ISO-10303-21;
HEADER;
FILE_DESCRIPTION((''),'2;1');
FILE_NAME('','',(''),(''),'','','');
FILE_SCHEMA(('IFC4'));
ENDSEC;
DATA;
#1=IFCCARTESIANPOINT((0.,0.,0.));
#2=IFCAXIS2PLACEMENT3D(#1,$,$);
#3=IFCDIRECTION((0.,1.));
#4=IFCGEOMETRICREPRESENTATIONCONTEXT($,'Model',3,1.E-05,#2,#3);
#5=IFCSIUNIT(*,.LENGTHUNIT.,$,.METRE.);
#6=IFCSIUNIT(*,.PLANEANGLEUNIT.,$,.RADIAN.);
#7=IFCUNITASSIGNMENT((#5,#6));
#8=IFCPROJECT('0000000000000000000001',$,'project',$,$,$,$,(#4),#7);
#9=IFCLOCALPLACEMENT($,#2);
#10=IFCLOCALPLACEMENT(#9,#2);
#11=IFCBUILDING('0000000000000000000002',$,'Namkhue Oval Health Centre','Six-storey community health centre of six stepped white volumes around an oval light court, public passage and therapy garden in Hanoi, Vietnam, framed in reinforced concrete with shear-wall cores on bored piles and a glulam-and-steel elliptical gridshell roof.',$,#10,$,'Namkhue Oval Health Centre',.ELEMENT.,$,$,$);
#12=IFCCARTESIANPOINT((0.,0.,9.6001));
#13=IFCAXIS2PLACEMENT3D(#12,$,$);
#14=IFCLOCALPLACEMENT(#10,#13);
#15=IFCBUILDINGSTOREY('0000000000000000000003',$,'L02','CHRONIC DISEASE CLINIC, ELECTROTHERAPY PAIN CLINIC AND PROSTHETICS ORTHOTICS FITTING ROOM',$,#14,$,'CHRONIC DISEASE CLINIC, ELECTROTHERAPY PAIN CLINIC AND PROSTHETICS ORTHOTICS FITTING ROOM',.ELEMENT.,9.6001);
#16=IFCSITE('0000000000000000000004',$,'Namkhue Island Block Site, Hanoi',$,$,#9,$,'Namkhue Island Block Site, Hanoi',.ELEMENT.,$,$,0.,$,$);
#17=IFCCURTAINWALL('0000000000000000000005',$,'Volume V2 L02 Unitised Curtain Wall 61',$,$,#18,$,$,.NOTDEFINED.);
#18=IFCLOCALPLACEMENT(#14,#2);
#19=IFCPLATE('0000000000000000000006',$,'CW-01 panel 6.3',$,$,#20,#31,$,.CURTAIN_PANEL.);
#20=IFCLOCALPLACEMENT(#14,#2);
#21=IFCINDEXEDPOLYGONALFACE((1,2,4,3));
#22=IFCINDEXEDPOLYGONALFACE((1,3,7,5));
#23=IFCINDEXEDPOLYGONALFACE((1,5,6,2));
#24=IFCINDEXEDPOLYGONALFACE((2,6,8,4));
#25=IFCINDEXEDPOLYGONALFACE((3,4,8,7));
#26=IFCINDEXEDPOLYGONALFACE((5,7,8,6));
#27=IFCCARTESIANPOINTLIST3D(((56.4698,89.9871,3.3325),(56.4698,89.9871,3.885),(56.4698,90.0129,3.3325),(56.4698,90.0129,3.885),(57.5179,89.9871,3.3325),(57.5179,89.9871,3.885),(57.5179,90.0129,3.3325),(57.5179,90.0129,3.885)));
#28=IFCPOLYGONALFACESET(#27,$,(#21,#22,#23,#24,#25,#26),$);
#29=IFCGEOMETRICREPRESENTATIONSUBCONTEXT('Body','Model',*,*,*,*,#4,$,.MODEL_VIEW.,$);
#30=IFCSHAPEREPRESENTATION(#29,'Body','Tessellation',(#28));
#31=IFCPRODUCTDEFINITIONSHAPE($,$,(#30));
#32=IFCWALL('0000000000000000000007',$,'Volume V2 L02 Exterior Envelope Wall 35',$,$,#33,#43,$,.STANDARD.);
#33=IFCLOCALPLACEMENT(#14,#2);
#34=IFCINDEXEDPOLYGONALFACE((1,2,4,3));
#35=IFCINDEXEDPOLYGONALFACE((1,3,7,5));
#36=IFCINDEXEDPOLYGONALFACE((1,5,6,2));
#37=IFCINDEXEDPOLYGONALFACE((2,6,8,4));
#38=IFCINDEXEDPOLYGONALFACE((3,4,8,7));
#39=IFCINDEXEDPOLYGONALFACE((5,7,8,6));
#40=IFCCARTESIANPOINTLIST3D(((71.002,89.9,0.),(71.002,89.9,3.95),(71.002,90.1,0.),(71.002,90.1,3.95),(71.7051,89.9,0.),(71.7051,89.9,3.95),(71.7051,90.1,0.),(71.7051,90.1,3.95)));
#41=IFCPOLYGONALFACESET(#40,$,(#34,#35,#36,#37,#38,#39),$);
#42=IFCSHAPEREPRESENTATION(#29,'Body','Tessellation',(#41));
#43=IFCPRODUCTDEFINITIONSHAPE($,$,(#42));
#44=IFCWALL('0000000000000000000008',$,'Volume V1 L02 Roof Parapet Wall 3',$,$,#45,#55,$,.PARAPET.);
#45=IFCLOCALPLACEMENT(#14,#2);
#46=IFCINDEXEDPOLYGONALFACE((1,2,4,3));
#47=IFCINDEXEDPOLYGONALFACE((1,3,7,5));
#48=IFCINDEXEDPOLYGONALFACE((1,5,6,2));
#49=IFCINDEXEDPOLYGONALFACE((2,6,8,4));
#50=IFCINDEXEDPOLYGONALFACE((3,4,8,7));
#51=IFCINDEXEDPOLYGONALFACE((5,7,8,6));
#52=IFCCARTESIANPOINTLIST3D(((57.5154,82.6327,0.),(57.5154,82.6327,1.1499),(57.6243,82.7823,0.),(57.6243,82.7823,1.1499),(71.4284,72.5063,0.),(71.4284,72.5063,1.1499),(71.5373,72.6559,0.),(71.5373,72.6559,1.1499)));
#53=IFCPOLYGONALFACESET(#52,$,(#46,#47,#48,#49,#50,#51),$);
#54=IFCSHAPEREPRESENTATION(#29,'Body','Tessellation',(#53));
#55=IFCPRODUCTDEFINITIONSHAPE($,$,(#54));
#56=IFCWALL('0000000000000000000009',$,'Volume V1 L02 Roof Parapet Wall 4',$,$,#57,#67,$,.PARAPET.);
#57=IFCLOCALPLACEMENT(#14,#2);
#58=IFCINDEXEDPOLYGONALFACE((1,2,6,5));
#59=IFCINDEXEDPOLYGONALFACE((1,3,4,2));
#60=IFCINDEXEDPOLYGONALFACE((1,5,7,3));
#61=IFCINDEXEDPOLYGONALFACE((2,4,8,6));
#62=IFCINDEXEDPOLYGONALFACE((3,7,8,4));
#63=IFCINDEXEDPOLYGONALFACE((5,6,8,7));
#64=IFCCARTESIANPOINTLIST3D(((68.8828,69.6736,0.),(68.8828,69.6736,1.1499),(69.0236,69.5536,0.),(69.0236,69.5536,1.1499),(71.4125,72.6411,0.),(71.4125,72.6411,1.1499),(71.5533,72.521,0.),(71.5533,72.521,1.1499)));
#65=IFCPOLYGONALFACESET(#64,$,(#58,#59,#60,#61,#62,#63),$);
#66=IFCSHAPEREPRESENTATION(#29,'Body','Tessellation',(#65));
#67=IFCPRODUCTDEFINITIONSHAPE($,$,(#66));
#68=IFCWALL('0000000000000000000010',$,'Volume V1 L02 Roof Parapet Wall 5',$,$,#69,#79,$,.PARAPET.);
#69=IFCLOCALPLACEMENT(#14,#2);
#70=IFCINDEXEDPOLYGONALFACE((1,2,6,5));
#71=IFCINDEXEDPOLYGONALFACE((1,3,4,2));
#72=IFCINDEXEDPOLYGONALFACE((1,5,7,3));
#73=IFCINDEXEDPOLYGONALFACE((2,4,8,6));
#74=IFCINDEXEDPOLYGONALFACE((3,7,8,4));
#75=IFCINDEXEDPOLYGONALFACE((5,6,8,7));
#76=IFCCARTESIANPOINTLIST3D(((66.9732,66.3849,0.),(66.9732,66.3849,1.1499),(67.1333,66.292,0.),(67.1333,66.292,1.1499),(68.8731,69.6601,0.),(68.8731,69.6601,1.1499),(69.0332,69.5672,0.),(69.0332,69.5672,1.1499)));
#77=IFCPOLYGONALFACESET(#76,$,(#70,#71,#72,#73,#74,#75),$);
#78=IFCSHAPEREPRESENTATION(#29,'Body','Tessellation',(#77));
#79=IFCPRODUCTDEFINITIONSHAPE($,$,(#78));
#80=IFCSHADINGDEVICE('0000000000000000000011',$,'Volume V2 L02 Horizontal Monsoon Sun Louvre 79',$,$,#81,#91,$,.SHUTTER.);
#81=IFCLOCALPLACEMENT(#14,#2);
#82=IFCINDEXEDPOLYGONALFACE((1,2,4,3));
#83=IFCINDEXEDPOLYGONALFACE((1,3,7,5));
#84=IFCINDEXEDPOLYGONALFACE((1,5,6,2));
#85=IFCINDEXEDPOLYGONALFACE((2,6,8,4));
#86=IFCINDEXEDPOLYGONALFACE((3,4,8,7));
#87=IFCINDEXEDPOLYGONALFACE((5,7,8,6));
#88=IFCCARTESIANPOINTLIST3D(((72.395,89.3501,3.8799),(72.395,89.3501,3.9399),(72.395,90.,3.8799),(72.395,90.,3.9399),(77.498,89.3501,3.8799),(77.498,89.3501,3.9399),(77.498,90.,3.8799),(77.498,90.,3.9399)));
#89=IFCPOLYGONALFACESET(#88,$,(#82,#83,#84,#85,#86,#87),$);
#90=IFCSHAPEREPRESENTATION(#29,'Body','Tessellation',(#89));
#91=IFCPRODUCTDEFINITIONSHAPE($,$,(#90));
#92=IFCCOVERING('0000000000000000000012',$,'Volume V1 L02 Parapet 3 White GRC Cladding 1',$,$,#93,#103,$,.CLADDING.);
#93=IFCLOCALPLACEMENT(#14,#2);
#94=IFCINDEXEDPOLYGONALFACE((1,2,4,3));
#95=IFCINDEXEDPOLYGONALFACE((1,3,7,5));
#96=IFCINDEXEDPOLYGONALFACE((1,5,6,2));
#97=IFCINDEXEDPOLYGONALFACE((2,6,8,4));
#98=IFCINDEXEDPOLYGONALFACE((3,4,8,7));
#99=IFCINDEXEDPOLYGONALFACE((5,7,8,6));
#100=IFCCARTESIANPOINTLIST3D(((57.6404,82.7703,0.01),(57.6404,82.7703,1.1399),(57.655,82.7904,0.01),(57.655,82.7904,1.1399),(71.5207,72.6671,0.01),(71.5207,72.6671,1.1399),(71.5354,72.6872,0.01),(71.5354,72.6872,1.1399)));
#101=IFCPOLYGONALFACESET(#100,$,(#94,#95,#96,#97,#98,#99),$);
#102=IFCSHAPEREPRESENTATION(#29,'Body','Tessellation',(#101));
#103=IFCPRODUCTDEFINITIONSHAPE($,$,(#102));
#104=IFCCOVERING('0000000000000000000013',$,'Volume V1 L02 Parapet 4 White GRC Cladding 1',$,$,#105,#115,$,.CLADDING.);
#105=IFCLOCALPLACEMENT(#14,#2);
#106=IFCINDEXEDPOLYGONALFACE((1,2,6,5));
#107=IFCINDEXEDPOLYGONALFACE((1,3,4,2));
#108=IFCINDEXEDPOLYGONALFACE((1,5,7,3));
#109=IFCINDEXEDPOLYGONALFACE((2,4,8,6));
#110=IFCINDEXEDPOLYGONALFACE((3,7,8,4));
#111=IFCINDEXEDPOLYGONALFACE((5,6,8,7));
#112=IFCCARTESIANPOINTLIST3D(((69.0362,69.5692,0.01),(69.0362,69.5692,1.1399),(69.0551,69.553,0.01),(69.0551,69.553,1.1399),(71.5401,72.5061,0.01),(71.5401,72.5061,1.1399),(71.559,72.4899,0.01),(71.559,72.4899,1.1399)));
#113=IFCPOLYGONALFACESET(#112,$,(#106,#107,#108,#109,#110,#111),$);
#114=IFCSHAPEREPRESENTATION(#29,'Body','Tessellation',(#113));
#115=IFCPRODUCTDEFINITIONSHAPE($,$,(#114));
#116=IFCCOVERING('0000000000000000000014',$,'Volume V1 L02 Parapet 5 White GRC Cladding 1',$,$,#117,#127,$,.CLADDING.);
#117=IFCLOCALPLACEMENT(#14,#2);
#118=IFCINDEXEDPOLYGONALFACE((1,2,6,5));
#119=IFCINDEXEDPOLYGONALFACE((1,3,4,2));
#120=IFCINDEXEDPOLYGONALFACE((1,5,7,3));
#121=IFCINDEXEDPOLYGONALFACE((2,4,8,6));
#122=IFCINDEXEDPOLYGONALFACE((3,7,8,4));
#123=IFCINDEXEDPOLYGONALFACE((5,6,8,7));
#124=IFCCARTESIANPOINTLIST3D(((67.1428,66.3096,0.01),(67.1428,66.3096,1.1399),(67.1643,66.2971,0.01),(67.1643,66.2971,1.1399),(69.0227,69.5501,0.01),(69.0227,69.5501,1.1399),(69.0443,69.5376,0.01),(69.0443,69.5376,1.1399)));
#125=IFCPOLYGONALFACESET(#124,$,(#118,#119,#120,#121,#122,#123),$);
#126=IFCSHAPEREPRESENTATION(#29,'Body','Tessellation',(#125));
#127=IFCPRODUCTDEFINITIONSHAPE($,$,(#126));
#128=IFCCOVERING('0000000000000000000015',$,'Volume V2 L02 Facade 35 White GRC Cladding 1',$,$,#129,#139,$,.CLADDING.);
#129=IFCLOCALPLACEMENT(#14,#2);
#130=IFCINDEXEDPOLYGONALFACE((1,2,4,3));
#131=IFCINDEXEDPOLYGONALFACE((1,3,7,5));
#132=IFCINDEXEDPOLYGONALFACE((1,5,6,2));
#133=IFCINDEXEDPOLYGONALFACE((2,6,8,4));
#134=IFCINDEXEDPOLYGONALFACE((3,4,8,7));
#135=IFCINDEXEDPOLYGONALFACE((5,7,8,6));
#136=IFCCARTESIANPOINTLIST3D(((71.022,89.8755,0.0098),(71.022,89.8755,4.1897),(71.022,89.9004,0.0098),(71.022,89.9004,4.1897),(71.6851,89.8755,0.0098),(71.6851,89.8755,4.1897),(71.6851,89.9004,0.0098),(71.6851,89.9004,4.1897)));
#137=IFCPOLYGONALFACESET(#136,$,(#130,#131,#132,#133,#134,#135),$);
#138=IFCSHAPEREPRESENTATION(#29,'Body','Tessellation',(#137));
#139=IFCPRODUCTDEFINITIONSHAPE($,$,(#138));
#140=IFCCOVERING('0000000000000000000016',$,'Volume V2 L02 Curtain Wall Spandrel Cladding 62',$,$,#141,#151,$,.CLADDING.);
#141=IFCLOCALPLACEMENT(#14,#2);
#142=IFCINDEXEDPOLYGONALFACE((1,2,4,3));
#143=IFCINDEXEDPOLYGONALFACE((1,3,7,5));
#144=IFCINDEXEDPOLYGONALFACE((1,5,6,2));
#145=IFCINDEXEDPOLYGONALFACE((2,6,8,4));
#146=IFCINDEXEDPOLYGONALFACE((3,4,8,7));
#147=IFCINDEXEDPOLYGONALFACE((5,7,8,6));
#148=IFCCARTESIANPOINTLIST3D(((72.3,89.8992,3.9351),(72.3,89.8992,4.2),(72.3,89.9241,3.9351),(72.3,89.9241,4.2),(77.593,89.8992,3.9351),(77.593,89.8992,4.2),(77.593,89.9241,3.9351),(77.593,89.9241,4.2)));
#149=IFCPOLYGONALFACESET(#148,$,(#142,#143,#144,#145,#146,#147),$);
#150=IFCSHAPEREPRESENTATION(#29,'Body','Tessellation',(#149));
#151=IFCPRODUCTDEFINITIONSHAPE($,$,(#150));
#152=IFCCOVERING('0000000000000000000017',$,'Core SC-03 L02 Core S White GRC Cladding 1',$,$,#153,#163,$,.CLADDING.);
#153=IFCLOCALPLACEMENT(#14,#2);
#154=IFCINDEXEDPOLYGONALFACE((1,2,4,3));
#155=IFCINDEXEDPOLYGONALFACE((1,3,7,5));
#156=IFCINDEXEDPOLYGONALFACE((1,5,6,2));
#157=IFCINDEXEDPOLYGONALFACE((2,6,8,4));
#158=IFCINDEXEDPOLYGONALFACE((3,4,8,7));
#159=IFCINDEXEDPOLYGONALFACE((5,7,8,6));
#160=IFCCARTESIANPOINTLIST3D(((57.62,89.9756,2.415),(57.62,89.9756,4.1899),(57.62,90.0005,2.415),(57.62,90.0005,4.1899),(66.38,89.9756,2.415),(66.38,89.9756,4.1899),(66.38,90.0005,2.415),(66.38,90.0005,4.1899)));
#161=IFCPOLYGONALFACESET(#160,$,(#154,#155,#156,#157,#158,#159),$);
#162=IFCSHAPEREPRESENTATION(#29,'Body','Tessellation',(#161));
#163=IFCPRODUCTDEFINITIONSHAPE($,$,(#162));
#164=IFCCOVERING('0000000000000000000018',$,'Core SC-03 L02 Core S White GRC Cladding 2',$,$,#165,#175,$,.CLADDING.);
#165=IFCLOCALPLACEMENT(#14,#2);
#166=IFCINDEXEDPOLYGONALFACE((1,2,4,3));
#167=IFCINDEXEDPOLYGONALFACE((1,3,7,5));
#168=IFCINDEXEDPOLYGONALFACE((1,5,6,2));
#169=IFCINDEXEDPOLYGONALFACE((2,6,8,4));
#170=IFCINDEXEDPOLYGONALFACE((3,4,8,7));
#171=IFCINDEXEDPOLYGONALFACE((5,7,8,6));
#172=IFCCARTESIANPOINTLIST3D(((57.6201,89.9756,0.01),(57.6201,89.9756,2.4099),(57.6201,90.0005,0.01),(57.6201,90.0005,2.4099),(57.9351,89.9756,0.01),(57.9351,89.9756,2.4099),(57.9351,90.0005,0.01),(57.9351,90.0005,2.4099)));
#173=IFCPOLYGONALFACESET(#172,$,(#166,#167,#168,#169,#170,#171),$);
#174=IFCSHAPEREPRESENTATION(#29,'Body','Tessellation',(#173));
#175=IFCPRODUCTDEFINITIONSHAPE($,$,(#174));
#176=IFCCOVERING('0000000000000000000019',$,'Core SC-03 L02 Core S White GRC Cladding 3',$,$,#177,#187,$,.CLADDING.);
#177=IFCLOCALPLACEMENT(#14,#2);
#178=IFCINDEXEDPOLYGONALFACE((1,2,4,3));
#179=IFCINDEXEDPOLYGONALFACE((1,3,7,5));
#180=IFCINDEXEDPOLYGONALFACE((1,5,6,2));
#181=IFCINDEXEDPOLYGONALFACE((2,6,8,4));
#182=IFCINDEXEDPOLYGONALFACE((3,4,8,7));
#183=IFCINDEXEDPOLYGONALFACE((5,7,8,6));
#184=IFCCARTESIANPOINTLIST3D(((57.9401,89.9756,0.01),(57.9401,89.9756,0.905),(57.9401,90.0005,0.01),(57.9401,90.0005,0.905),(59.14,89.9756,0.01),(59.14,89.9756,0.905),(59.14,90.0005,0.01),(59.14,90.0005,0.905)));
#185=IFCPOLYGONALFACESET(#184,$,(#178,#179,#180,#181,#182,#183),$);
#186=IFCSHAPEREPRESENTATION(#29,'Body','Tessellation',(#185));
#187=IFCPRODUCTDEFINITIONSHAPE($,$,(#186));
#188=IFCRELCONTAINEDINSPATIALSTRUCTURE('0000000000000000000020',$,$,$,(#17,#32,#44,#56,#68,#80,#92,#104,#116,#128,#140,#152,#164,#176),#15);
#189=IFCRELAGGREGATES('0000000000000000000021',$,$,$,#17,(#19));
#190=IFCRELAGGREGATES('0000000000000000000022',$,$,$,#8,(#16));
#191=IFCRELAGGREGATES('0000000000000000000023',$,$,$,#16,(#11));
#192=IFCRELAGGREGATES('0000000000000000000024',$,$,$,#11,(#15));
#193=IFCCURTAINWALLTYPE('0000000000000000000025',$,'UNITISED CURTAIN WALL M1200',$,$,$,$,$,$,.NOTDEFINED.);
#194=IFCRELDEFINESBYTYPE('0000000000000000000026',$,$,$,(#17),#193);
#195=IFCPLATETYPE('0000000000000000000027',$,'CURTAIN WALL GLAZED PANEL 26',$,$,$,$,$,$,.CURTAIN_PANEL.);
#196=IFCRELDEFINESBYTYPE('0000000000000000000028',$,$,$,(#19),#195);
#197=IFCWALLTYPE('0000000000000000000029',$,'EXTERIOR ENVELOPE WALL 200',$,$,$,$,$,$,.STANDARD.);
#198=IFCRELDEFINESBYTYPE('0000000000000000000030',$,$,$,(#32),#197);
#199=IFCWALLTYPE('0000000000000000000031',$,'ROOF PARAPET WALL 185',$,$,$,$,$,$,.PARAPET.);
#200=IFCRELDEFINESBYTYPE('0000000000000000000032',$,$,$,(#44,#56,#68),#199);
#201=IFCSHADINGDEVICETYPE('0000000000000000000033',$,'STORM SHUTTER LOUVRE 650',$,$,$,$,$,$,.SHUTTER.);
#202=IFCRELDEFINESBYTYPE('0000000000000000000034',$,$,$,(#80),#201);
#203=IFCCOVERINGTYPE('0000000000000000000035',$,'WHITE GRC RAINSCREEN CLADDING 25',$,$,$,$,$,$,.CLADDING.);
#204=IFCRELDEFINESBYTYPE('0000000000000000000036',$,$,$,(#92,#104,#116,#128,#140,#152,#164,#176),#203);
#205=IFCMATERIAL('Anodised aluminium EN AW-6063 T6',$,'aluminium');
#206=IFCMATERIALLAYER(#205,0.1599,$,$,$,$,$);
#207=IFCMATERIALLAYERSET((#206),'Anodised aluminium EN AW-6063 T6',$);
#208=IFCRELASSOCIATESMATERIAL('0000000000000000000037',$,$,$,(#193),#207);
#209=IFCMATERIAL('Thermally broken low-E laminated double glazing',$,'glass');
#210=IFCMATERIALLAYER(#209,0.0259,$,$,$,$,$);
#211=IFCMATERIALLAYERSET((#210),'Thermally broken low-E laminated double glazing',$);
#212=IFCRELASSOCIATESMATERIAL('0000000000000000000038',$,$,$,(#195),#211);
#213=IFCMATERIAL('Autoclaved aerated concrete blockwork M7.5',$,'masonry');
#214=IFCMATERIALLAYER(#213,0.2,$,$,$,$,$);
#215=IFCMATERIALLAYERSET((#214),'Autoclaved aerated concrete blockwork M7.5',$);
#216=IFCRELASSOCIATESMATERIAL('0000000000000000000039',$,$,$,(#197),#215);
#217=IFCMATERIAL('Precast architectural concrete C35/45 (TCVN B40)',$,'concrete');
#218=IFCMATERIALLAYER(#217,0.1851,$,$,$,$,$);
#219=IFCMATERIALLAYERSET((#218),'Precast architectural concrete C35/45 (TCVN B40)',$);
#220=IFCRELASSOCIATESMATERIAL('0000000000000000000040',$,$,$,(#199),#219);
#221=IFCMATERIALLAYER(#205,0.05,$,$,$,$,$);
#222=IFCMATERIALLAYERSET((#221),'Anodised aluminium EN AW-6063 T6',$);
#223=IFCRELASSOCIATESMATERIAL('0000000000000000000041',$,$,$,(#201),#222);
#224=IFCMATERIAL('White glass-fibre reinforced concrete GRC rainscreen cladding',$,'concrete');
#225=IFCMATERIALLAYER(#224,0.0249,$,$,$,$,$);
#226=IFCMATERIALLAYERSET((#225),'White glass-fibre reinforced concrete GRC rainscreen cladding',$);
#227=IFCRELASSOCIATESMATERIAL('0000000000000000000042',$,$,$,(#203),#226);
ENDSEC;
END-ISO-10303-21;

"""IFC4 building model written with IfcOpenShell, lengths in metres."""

from ifc_helpers import new_model, si_unit, direction, frame, frame_2d, origin, origin_2d, place, context, subcontext, project, spatial, rectangle, extrude, material, layer, layer_set, type_object, element, aggregate, save


model = new_model("IFC4")

# Units and contexts
model_context = context("Model", 3, precision=1e-05, world=origin(), true_north=direction((0.0, 1.0)))
body_context = subcontext(model_context, "Body", "Model", "MODEL_VIEW")
ifc_project = project(units=[si_unit("LENGTHUNIT", "METRE"), si_unit("PLANEANGLEUNIT", "RADIAN")], contexts=[model_context])

# Site, building, storey
site_placement = place(None, origin())
site = spatial("IfcSite", under=ifc_project, at=site_placement, Name="Namkhue Island Block Site, Hanoi", LongName="Namkhue Island Block Site, Hanoi", CompositionType="ELEMENT", RefElevation=0.0)
building_placement = place(site_placement, origin())
building = spatial("IfcBuilding", under=site, at=building_placement, Name="Namkhue Oval Health Centre", Description="Six-storey community health centre of six stepped white volumes around an oval light court, public passage and therapy garden in Hanoi, Vietnam, framed in reinforced concrete with shear-wall cores on bored piles and a glulam-and-steel elliptical gridshell roof.", LongName="Namkhue Oval Health Centre", CompositionType="ELEMENT")
storey_placement = place(building_placement, frame((0.0, 0.0, 9.6001)))
storey = spatial("IfcBuildingStorey", under=building, at=storey_placement, Name="L02", Description="CHRONIC DISEASE CLINIC, ELECTROTHERAPY PAIN CLINIC AND PROSTHETICS ORTHOTICS FITTING ROOM", LongName="CHRONIC DISEASE CLINIC, ELECTROTHERAPY PAIN CLINIC AND PROSTHETICS ORTHOTICS FITTING ROOM", CompositionType="ELEMENT", Elevation=9.6001)

# Curtain wall
ifc_material_1 = material(Name="Anodised aluminium EN AW-6063 T6", Category="aluminium")
ifc_layer_1 = layer(ifc_material_1, 0.1599)
ifc_layer_set_1 = layer_set([ifc_layer_1], Name="Anodised aluminium EN AW-6063 T6")
curtain_wall_type_1 = type_object("IfcCurtainWallType", Name="UNITISED CURTAIN WALL M1200", PredefinedType="NOTDEFINED", material=ifc_layer_set_1)
curtain_wall_1_placement = place(storey_placement, origin())
curtain_wall_1 = element("IfcCurtainWall", 1, at=curtain_wall_1_placement, inside=storey, type_object=curtain_wall_type_1, Name="Volume V2 L02 Unitised Curtain Wall 61", PredefinedType="NOTDEFINED")

# Plate
ifc_material_2 = material(Name="Thermally broken low-E laminated double glazing", Category="glass")
ifc_layer_2 = layer(ifc_material_2, 0.0259)
ifc_layer_set_2 = layer_set([ifc_layer_2], Name="Thermally broken low-E laminated double glazing")
plate_type = type_object("IfcPlateType", Name="CURTAIN WALL GLAZED PANEL 26", PredefinedType="CURTAIN_PANEL", material=ifc_layer_set_2)
plate_placement = place(storey_placement, frame((56.9939, 90.0, 3.3325), z_axis=(0.0, 0.0, 1.0), x_axis=(1.0, 0.0, 0.0)))
plate = element("IfcPlate", 2, at=plate_placement, type_object=plate_type, Name="CW-01 panel 6.3", PredefinedType="CURTAIN_PANEL", context=body_context, shape_type="SweptSolid", body=[
    extrude(rectangle(XDim=1.0481, YDim=0.0259, at=origin_2d()), origin(), (0.0, 0.0, 1.0), 0.5525),
])
aggregate(curtain_wall_1, [plate])

# Walls
ifc_material_3 = material(Name="Autoclaved aerated concrete blockwork M7.5", Category="masonry")
ifc_layer_3 = layer(ifc_material_3, 0.2)
ifc_layer_set_3 = layer_set([ifc_layer_3], Name="Autoclaved aerated concrete blockwork M7.5")
wall_type_1 = type_object("IfcWallType", Name="EXTERIOR ENVELOPE WALL 200", PredefinedType="STANDARD", material=ifc_layer_set_3)
wall_1_placement = place(storey_placement, frame((71.002, 90.0, 0.0), z_axis=(0.0, 0.0, 1.0), x_axis=(1.0, 0.0, 0.0)))
element("IfcWall", 3, at=wall_1_placement, inside=storey, type_object=wall_type_1, Name="Volume V2 L02 Exterior Envelope Wall 35", PredefinedType="STANDARD", context=body_context, shape_type="SweptSolid", body=[
    extrude(rectangle(XDim=0.7031, YDim=0.2, at=frame_2d((0.3516, 0.0))), origin(), (0.0, 0.0, 1.0), 3.95),
])
ifc_material_4 = material(Name="Precast architectural concrete C35/45 (TCVN B40)", Category="concrete")
ifc_layer_4 = layer(ifc_material_4, 0.1851)
ifc_layer_set_4 = layer_set([ifc_layer_4], Name="Precast architectural concrete C35/45 (TCVN B40)")
wall_type_2 = type_object("IfcWallType", Name="ROOF PARAPET WALL 185", PredefinedType="PARAPET", material=ifc_layer_set_4)
wall_2_placement = place(storey_placement, frame((57.5698, 82.7075, 0.0), z_axis=(0.0, 0.0, 1.0), x_axis=(0.808519, -0.58847, 0.0)))
element("IfcWall", 4, at=wall_2_placement, inside=storey, type_object=wall_type_2, Name="Volume V1 L02 Roof Parapet Wall 3", PredefinedType="PARAPET", context=body_context, shape_type="SweptSolid", body=[
    extrude(rectangle(XDim=17.208, YDim=0.1851, at=frame_2d((8.604, 0.0))), origin(), (0.0, 0.0, 1.0), 1.1499),
])
wall_3_placement = place(storey_placement, frame((71.4829, 72.5811, 0.0), z_axis=(0.0, 0.0, 1.0), x_axis=(-0.648747, -0.761004, 0.0)))
element("IfcWall", 5, at=wall_3_placement, inside=storey, type_object=wall_type_2, Name="Volume V1 L02 Roof Parapet Wall 4", PredefinedType="PARAPET", context=body_context, shape_type="SweptSolid", body=[
    extrude(rectangle(XDim=3.8994, YDim=0.1851, at=frame_2d((1.9497, 0.0))), origin(), (0.0, 0.0, 1.0), 1.1499),
])
wall_4_placement = place(storey_placement, frame((68.9531, 69.6135, 0.0), z_axis=(0.0, 0.0, 1.0), x_axis=(-0.501781, -0.864995, 0.0)))
element("IfcWall", 6, at=wall_4_placement, inside=storey, type_object=wall_type_2, Name="Volume V1 L02 Roof Parapet Wall 5", PredefinedType="PARAPET", context=body_context, shape_type="SweptSolid", body=[
    extrude(rectangle(XDim=3.7864, YDim=0.1851, at=frame_2d((1.8931, 0.0))), origin(), (0.0, 0.0, 1.0), 1.1499),
])

# Shading device
ifc_layer_5 = layer(ifc_material_1, 0.05)
ifc_layer_set_5 = layer_set([ifc_layer_5], Name="Anodised aluminium EN AW-6063 T6")
shading_device_type = type_object("IfcShadingDeviceType", Name="STORM SHUTTER LOUVRE 650", PredefinedType="SHUTTER", material=ifc_layer_set_5)
shading_device_placement = place(storey_placement, frame((74.9465, 89.675, 3.8799), z_axis=(0.0, 0.0, 1.0), x_axis=(1.0, 0.0, 0.0)))
element("IfcShadingDevice", 7, at=shading_device_placement, inside=storey, type_object=shading_device_type, Name="Volume V2 L02 Horizontal Monsoon Sun Louvre 79", PredefinedType="SHUTTER", context=body_context, shape_type="SweptSolid", body=[
    extrude(rectangle(XDim=5.103, YDim=0.6499, at=origin_2d()), origin(), (0.0, 0.0, 1.0), 0.0601),
])

# Coverings
ifc_material_5 = material(Name="White glass-fibre reinforced concrete GRC rainscreen cladding", Category="concrete")
ifc_layer_6 = layer(ifc_material_5, 0.0249)
ifc_layer_set_6 = layer_set([ifc_layer_6], Name="White glass-fibre reinforced concrete GRC rainscreen cladding")
covering_type = type_object("IfcCoveringType", Name="WHITE GRC RAINSCREEN CLADDING 25", PredefinedType="CLADDING", material=ifc_layer_set_6)
covering_1_placement = place(storey_placement, frame((64.5879, 77.7288, 0.01), z_axis=(0.0, 0.0, 1.0), x_axis=(0.808504, -0.588491, 0.0)))
element("IfcCovering", 8, at=covering_1_placement, inside=storey, type_object=covering_type, Name="Volume V1 L02 Parapet 3 White GRC Cladding 1", PredefinedType="CLADDING", context=body_context, shape_type="SweptSolid", body=[
    extrude(rectangle(XDim=17.168, YDim=0.0249, at=origin_2d()), origin(), (0.0, 0.0, 1.0), 1.1299),
])
covering_2_placement = place(storey_placement, frame((70.2976, 71.0295, 0.01), z_axis=(0.0, 0.0, 1.0), x_axis=(-0.648784, -0.760972, 0.0)))
element("IfcCovering", 9, at=covering_2_placement, inside=storey, type_object=covering_type, Name="Volume V1 L02 Parapet 4 White GRC Cladding 1", PredefinedType="CLADDING", context=body_context, shape_type="SweptSolid", body=[
    extrude(rectangle(XDim=3.8594, YDim=0.0249, at=origin_2d()), origin(), (0.0, 0.0, 1.0), 1.1299),
])
covering_3_placement = place(storey_placement, frame((68.0935, 67.9236, 0.01), z_axis=(0.0, 0.0, 1.0), x_axis=(-0.501813, -0.864976, 0.0)))
element("IfcCovering", 10, at=covering_3_placement, inside=storey, type_object=covering_type, Name="Volume V1 L02 Parapet 5 White GRC Cladding 1", PredefinedType="CLADDING", context=body_context, shape_type="SweptSolid", body=[
    extrude(rectangle(XDim=3.7463, YDim=0.0249, at=origin_2d()), origin(), (0.0, 0.0, 1.0), 1.1299),
])
covering_4_placement = place(storey_placement, frame((71.3535, 89.8879, 0.0098), z_axis=(0.0, 0.0, 1.0), x_axis=(1.0, 0.0, 0.0)))
element("IfcCovering", 11, at=covering_4_placement, inside=storey, type_object=covering_type, Name="Volume V2 L02 Facade 35 White GRC Cladding 1", PredefinedType="CLADDING", context=body_context, shape_type="SweptSolid", body=[
    extrude(rectangle(XDim=0.6631, YDim=0.0249, at=origin_2d()), origin(), (0.0, 0.0, 1.0), 4.1799),
])
covering_5_placement = place(storey_placement, frame((74.9465, 89.9116, 3.9351), z_axis=(0.0, 0.0, 1.0), x_axis=(1.0, 0.0, 0.0)))
element("IfcCovering", 12, at=covering_5_placement, inside=storey, type_object=covering_type, Name="Volume V2 L02 Curtain Wall Spandrel Cladding 62", PredefinedType="CLADDING", context=body_context, shape_type="SweptSolid", body=[
    extrude(rectangle(XDim=5.293, YDim=0.0249, at=origin_2d()), origin(), (0.0, 0.0, 1.0), 0.2649),
])
covering_6_placement = place(storey_placement, frame((62.0, 89.988, 2.415), z_axis=(0.0, 0.0, 1.0), x_axis=(1.0, 0.0, 0.0)))
element("IfcCovering", 13, at=covering_6_placement, inside=storey, type_object=covering_type, Name="Core SC-03 L02 Core S White GRC Cladding 1", PredefinedType="CLADDING", context=body_context, shape_type="SweptSolid", body=[
    extrude(rectangle(XDim=8.76, YDim=0.0249, at=origin_2d()), origin(), (0.0, 0.0, 1.0), 1.7749),
])
covering_7_placement = place(storey_placement, frame((57.7776, 89.988, 0.01), z_axis=(0.0, 0.0, 1.0), x_axis=(1.0, 0.0, 0.0)))
element("IfcCovering", 14, at=covering_7_placement, inside=storey, type_object=covering_type, Name="Core SC-03 L02 Core S White GRC Cladding 2", PredefinedType="CLADDING", context=body_context, shape_type="SweptSolid", body=[
    extrude(rectangle(XDim=0.3149, YDim=0.0249, at=origin_2d()), origin(), (0.0, 0.0, 1.0), 2.3999),
])
covering_8_placement = place(storey_placement, frame((58.54, 89.988, 0.01), z_axis=(0.0, 0.0, 1.0), x_axis=(1.0, 0.0, 0.0)))
element("IfcCovering", 15, at=covering_8_placement, inside=storey, type_object=covering_type, Name="Core SC-03 L02 Core S White GRC Cladding 3", PredefinedType="CLADDING", context=body_context, shape_type="SweptSolid", body=[
    extrude(rectangle(XDim=1.2, YDim=0.0249, at=origin_2d()), origin(), (0.0, 0.0, 1.0), 0.895),
])

save(model, "model.ifc")
